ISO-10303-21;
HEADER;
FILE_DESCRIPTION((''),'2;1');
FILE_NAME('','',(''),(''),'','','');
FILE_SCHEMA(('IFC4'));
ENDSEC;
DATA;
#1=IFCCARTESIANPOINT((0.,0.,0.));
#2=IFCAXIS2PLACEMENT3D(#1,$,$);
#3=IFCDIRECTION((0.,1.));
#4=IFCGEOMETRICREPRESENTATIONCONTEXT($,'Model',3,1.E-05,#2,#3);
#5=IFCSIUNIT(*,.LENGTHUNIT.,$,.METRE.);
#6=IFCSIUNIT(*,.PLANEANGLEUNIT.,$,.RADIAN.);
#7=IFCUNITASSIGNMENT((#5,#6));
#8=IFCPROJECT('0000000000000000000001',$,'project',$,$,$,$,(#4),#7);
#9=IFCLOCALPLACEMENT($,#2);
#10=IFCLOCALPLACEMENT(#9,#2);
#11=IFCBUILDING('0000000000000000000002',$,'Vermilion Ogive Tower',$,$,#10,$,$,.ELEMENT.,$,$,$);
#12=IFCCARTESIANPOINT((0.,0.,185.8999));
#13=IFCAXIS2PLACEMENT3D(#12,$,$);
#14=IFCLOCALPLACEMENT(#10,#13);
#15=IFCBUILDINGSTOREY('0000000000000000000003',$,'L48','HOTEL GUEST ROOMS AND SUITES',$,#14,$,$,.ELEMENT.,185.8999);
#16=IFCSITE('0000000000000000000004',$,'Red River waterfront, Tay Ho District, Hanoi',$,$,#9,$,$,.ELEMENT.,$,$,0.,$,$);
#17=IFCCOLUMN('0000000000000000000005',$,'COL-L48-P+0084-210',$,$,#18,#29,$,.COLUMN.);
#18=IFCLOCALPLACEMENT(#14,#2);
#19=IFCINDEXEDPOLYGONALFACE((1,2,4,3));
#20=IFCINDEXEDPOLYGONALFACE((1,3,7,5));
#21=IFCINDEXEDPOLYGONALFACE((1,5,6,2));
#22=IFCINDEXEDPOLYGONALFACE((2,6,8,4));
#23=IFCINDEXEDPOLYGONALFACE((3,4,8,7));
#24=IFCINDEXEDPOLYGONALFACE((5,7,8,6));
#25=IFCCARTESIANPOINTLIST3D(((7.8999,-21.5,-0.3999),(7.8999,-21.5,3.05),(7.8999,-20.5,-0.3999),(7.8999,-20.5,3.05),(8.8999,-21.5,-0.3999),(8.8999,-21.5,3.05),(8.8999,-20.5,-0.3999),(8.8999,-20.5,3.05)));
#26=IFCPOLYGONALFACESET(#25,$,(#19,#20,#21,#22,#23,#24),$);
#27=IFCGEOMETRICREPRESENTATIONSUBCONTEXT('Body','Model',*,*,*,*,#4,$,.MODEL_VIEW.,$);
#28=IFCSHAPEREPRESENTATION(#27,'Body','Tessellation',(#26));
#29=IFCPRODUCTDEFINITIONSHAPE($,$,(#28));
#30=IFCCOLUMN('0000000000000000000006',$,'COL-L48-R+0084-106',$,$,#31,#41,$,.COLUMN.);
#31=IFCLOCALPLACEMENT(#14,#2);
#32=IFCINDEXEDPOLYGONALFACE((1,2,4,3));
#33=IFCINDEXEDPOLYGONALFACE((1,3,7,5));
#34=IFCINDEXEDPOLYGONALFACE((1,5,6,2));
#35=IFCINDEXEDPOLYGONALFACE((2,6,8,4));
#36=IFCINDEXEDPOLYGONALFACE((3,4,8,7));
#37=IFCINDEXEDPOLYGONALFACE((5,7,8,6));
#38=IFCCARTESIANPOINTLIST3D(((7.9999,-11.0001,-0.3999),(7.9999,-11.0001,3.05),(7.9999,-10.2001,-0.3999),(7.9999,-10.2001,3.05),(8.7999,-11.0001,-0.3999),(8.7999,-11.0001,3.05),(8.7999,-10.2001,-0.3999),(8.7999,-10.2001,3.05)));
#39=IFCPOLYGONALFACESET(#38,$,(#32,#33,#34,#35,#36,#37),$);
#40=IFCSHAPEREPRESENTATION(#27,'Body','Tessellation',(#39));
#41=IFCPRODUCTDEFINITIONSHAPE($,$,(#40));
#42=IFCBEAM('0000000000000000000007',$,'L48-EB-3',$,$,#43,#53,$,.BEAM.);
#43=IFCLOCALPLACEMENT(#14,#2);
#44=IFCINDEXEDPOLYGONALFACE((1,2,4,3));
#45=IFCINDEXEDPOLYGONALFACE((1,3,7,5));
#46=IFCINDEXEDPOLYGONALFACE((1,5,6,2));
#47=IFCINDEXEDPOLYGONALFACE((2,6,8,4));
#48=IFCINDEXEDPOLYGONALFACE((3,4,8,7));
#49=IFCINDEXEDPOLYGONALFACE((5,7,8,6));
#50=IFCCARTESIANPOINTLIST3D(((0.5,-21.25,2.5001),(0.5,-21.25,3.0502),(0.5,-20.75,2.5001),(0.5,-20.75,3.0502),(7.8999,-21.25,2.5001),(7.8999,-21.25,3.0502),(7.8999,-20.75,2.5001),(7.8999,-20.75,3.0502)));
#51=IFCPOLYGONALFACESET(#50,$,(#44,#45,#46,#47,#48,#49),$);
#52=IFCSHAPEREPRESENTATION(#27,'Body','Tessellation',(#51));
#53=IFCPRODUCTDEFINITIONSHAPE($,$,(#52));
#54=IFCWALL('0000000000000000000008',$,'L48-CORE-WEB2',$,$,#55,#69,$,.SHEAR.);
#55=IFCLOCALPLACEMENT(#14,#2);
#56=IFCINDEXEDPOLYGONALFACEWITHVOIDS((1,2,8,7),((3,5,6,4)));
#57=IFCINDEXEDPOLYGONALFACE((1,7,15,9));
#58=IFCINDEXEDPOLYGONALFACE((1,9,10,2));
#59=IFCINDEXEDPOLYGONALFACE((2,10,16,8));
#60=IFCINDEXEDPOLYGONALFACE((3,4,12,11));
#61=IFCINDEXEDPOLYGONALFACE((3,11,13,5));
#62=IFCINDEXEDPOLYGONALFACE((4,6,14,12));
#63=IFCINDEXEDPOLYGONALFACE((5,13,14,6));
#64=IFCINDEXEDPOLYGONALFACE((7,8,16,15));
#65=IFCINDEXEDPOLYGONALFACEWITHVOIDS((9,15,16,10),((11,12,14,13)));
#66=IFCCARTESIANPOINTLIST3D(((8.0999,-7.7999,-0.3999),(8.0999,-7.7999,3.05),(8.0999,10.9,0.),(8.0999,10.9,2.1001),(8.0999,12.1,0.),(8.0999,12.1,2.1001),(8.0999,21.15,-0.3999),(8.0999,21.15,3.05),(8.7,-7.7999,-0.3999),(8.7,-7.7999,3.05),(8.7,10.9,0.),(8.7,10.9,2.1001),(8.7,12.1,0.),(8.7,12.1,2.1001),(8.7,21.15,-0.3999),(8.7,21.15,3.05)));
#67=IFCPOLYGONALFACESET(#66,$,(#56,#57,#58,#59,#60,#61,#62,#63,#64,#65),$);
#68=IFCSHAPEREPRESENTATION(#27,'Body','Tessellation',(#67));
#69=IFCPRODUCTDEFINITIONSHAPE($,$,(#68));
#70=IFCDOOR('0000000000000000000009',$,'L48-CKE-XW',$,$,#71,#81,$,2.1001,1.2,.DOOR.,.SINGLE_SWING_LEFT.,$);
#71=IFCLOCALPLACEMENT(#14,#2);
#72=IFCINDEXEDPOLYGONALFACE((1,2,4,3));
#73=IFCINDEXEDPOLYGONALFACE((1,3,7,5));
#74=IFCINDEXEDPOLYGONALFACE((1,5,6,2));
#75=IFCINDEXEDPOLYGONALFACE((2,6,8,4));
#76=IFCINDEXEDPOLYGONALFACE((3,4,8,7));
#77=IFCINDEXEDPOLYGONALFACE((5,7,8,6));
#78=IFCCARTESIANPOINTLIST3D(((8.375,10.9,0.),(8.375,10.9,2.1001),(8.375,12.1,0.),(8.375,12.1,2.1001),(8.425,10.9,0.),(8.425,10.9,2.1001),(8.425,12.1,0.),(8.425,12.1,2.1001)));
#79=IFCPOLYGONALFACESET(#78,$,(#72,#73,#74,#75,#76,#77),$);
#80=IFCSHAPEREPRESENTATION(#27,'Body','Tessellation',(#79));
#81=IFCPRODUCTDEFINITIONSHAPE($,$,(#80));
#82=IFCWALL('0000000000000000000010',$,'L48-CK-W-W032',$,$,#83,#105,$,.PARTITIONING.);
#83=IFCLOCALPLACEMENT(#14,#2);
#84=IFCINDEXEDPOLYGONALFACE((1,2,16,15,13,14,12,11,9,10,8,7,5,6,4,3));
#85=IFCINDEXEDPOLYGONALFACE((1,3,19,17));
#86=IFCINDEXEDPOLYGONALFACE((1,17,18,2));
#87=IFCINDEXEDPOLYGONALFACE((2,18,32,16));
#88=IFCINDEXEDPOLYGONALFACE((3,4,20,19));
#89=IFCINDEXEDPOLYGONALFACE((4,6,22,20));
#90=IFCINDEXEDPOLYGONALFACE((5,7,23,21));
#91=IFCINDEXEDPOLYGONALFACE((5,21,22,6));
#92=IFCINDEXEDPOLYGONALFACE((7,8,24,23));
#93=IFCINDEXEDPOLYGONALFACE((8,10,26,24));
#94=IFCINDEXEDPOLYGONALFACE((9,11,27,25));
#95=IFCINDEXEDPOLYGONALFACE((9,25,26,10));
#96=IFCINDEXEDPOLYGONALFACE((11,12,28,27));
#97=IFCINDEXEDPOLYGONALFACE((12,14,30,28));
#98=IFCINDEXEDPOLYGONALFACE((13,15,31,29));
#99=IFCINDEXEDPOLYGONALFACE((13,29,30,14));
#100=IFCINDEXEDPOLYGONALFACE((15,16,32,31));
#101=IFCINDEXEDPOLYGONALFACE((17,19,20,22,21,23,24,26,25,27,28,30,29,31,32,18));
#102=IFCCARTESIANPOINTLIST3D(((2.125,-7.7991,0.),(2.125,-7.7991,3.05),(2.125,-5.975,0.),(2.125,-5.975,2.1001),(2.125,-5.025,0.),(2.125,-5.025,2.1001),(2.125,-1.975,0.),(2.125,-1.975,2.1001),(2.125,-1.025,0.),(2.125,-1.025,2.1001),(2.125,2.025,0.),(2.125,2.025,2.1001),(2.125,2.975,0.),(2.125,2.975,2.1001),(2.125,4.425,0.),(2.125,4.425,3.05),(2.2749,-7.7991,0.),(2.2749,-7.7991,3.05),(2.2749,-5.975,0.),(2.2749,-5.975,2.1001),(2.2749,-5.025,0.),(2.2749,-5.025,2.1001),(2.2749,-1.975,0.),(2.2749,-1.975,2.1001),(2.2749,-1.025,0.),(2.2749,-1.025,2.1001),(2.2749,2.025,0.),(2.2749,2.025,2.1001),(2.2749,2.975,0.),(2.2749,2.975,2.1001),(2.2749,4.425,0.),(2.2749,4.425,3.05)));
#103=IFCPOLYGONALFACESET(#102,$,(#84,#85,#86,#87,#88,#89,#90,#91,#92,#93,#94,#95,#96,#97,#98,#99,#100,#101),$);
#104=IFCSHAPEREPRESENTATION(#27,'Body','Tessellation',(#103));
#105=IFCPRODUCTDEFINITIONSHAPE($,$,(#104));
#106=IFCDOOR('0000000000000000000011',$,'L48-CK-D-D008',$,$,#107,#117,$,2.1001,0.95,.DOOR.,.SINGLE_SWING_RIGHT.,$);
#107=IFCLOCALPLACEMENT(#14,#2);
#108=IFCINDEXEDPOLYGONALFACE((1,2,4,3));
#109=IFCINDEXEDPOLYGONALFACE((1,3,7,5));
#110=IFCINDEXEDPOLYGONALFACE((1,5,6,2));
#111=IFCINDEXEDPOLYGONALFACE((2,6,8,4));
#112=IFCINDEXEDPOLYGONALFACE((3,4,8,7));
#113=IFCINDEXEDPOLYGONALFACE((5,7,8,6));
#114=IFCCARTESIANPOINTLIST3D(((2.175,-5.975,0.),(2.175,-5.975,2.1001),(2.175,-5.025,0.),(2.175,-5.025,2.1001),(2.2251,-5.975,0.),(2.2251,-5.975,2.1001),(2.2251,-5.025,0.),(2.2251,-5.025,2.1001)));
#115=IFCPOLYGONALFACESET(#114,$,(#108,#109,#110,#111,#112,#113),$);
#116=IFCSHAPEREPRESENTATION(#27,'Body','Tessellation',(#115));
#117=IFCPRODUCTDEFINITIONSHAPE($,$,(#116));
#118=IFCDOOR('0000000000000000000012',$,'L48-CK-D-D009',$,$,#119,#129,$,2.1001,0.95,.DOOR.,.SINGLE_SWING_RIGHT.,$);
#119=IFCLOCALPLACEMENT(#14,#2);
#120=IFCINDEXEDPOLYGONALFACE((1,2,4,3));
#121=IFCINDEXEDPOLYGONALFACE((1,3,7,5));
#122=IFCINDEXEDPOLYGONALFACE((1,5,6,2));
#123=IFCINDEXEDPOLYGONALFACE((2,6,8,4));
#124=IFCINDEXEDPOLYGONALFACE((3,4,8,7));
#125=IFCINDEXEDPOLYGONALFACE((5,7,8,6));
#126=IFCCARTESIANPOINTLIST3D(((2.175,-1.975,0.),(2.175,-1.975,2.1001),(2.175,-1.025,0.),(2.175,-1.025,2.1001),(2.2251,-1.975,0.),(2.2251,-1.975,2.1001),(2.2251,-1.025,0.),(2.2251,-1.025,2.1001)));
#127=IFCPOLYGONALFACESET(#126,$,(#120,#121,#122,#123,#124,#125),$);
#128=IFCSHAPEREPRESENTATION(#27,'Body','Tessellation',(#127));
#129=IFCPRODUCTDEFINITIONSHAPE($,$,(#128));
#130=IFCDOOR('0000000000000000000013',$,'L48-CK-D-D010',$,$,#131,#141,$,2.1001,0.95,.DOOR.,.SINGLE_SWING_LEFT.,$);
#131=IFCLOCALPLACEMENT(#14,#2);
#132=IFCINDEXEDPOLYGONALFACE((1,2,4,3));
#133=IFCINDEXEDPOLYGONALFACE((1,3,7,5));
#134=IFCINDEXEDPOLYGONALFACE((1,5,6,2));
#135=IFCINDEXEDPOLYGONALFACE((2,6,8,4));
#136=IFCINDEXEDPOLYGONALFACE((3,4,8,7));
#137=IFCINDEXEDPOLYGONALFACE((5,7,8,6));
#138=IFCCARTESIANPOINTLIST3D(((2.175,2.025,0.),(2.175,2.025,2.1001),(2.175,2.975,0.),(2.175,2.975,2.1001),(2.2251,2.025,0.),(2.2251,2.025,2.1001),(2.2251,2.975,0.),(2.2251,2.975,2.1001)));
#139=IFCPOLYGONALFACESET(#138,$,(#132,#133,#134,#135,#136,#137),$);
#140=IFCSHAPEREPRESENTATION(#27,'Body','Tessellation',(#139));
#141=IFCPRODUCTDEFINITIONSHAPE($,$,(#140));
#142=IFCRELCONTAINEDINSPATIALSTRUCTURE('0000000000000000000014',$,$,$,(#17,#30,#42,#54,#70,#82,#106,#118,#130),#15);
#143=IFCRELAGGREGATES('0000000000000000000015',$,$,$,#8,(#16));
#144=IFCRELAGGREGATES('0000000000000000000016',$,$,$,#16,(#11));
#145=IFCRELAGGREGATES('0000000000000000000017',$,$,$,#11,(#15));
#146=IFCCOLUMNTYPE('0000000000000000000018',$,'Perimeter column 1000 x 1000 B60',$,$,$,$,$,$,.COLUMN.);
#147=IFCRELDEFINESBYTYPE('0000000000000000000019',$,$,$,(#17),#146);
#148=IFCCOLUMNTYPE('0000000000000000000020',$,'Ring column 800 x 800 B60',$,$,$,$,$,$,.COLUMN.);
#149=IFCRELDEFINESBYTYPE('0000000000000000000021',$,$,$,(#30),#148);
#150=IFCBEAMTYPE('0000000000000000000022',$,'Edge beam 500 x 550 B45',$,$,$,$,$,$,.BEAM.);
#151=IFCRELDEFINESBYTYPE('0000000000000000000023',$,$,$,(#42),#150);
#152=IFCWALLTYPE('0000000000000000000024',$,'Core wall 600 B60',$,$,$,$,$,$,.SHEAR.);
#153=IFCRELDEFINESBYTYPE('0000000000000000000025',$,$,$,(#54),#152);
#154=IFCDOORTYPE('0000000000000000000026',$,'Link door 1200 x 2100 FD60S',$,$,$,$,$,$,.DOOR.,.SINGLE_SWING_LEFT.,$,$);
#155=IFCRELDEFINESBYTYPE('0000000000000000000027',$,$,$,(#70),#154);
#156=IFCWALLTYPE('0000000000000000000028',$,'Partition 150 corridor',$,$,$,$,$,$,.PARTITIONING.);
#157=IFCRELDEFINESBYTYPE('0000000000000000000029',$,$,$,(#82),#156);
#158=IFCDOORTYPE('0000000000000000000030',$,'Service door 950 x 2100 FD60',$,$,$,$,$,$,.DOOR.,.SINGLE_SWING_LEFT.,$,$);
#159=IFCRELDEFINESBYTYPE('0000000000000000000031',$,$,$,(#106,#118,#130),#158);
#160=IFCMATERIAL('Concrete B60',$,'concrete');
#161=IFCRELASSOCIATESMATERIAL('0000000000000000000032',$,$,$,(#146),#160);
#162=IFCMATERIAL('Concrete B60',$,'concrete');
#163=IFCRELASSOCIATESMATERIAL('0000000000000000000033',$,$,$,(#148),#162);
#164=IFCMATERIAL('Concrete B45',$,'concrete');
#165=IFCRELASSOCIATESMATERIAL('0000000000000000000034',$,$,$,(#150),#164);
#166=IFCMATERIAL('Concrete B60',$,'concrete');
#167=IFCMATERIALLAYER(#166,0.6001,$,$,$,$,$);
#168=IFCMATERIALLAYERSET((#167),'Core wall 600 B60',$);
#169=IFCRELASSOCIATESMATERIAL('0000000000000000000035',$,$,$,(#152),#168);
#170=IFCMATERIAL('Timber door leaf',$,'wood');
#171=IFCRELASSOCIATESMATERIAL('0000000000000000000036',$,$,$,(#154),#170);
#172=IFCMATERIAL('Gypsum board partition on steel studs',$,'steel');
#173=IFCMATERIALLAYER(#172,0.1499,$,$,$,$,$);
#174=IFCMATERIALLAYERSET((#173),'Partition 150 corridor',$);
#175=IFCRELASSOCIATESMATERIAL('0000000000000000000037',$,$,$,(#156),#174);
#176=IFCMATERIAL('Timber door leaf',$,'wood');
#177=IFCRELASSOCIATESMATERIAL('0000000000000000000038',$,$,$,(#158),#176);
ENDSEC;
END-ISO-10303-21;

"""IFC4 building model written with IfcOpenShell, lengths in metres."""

from ifc_helpers import new_model, si_unit, direction, frame, frame_2d, origin, origin_2d, place, context, subcontext, project, spatial, rectangle, extrude, material, layer, layer_set, material_profile, profile_set, type_object, element, fill, save


model = new_model("IFC4")

# Units and contexts
model_context = context("Model", 3, precision=1e-05, world=origin(), true_north=direction((0.0, 1.0)))
body_context = subcontext(model_context, "Body", "Model", "MODEL_VIEW")
ifc_project = project(units=[si_unit("LENGTHUNIT", "METRE"), si_unit("PLANEANGLEUNIT", "RADIAN")], contexts=[model_context])

# Site, building, storey
site_placement = place(None, origin())
site = spatial("IfcSite", under=ifc_project, at=site_placement, Name="Red River waterfront, Tay Ho District, Hanoi", CompositionType="ELEMENT", RefElevation=0.0)
building_placement = place(site_placement, origin())
building = spatial("IfcBuilding", under=site, at=building_placement, Name="Vermilion Ogive Tower", CompositionType="ELEMENT")
storey_placement = place(building_placement, frame((0.0, 0.0, 185.8999)))
storey = spatial("IfcBuildingStorey", under=building, at=storey_placement, Name="L48", Description="HOTEL GUEST ROOMS AND SUITES", CompositionType="ELEMENT", Elevation=185.8999)

# Columns
ifc_material_1 = material(Name="Concrete B60", Category="concrete")
ifc_material_profile_1 = material_profile(ifc_material_1, rectangle(XDim=1.0, YDim=1.0, at=origin_2d()), Name="1000 x 1000")
ifc_profile_set_1 = profile_set([ifc_material_profile_1], Name="Concrete B60")
column_type_1 = type_object("IfcColumnType", Name="Perimeter column 1000 x 1000 B60", PredefinedType="COLUMN", material=ifc_profile_set_1)
column_1_placement = place(storey_placement, frame((8.3999, -21.0, -0.3999), z_axis=(0.0, 0.0, 1.0), x_axis=(1.0, 0.0, 0.0)))
element("IfcColumn", 1, at=column_1_placement, inside=storey, type_object=column_type_1, Name="COL-L48-P+0084-210", PredefinedType="COLUMN", context=body_context, shape_type="SweptSolid", body=[
    extrude(rectangle(XDim=1.0, YDim=1.0, at=origin_2d()), origin(), (0.0, 0.0, 1.0), 3.45),
])
ifc_material_2 = material(Name="Concrete B60", Category="concrete")
ifc_material_profile_2 = material_profile(ifc_material_2, rectangle(XDim=0.8, YDim=0.8, at=origin_2d()), Name="800 x 800")
ifc_profile_set_2 = profile_set([ifc_material_profile_2], Name="Concrete B60")
column_type_2 = type_object("IfcColumnType", Name="Ring column 800 x 800 B60", PredefinedType="COLUMN", material=ifc_profile_set_2)
column_2_placement = place(storey_placement, frame((8.3999, -10.6001, -0.3999), z_axis=(0.0, 0.0, 1.0), x_axis=(1.0, 0.0, 0.0)))
element("IfcColumn", 2, at=column_2_placement, inside=storey, type_object=column_type_2, Name="COL-L48-R+0084-106", PredefinedType="COLUMN", context=body_context, shape_type="SweptSolid", body=[
    extrude(rectangle(XDim=0.8, YDim=0.8, at=origin_2d()), origin(), (0.0, 0.0, 1.0), 3.45),
])

# Beam
ifc_material_3 = material(Name="Concrete B45", Category="concrete")
ifc_material_profile_3 = material_profile(ifc_material_3, rectangle(XDim=0.5, YDim=0.55, at=origin_2d()), Name="500 x 550")
ifc_profile_set_3 = profile_set([ifc_material_profile_3], Name="Concrete B45")
beam_type = type_object("IfcBeamType", Name="Edge beam 500 x 550 B45", PredefinedType="BEAM", material=ifc_profile_set_3)
beam_placement = place(storey_placement, frame((0.5, -21.0, 2.7751), z_axis=(1.0, 0.0, 0.0), x_axis=(0.0, 1.0, 0.0)))
element("IfcBeam", 3, at=beam_placement, inside=storey, type_object=beam_type, Name="L48-EB-3", PredefinedType="BEAM", context=body_context, shape_type="SweptSolid", body=[
    extrude(rectangle(XDim=0.5, YDim=0.55, at=origin_2d()), origin(), (0.0, 0.0, 1.0), 7.3999),
])

# Wall, opening, door
ifc_material_4 = material(Name="Concrete B60", Category="concrete")
ifc_layer_1 = layer(ifc_material_4, 0.6001)
ifc_layer_set_1 = layer_set([ifc_layer_1], Name="Core wall 600 B60")
wall_type_1 = type_object("IfcWallType", Name="Core wall 600 B60", PredefinedType="SHEAR", material=ifc_layer_set_1)
wall_1_placement = place(storey_placement, frame((8.3999, -7.8, -0.3999), z_axis=(0.0, 0.0, 1.0), x_axis=(0.0, 1.0, 0.0)))
wall_1 = element("IfcWall", 4, at=wall_1_placement, inside=storey, type_object=wall_type_1, Name="L48-CORE-WEB2", PredefinedType="SHEAR", context=body_context, shape_type="SweptSolid", body=[
    extrude(rectangle(XDim=28.95, YDim=0.6001, at=frame_2d((14.4751, 0.0))), origin(), (0.0, 0.0, 1.0), 3.45),
])
opening_1_placement = place(wall_1_placement, frame((18.7, 0.0, 0.3999)))
opening_1 = element("IfcOpeningElement", 5, at=opening_1_placement, cuts=wall_1, PredefinedType="OPENING", context=body_context, shape_type="SweptSolid", body=[
    extrude(rectangle(XDim=1.2, YDim=2.1001, at=frame_2d((0.6001, 1.05))), frame((0.0, 0.3101, 0.0), z_axis=(0.0, -1.0, 0.0), x_axis=(1.0, 0.0, 0.0)), (0.0, 0.0, 1.0), 0.6201),
])
ifc_material_5 = material(Name="Timber door leaf", Category="wood")
door_type_1 = type_object("IfcDoorType", Name="Link door 1200 x 2100 FD60S", OperationType="SINGLE_SWING_LEFT", PredefinedType="DOOR", material=ifc_material_5)
door_1_placement = place(opening_1_placement, origin())
door_1 = element("IfcDoor", 6, at=door_1_placement, inside=storey, type_object=door_type_1, Name="L48-CKE-XW", OperationType="SINGLE_SWING_LEFT", OverallHeight=2.1001, OverallWidth=1.2, PredefinedType="DOOR", context=body_context, shape_type="SweptSolid", body=[
    extrude(rectangle(XDim=1.2, YDim=2.1001, at=frame_2d((0.6001, 1.05))), frame((0.0, 0.0249, 0.0), z_axis=(0.0, -1.0, 0.0), x_axis=(1.0, 0.0, 0.0)), (0.0, 0.0, 1.0), 0.05),
])
fill(opening_1, door_1)

# Wall, openings, doors
ifc_material_6 = material(Name="Gypsum board partition on steel studs", Category="steel")
ifc_layer_2 = layer(ifc_material_6, 0.1499)
ifc_layer_set_2 = layer_set([ifc_layer_2], Name="Partition 150 corridor")
wall_type_2 = type_object("IfcWallType", Name="Partition 150 corridor", PredefinedType="PARTITIONING", material=ifc_layer_set_2)
wall_2_placement = place(storey_placement, frame((2.2, -7.7991, 0.0), z_axis=(0.0, 0.0, 1.0), x_axis=(0.0, 1.0, 0.0)))
wall_2 = element("IfcWall", 7, at=wall_2_placement, inside=storey, type_object=wall_type_2, Name="L48-CK-W-W032", PredefinedType="PARTITIONING", context=body_context, shape_type="SweptSolid", body=[
    extrude(rectangle(XDim=12.2241, YDim=0.1499, at=frame_2d((6.1121, 0.0))), origin(), (0.0, 0.0, 1.0), 3.05),
])
opening_2_placement = place(wall_2_placement, frame((1.824, 0.0, 0.0)))
opening_2 = element("IfcOpeningElement", 8, at=opening_2_placement, cuts=wall_2, PredefinedType="OPENING", context=body_context, shape_type="SweptSolid", body=[
    extrude(rectangle(XDim=0.95, YDim=2.1001, at=frame_2d((0.4751, 1.05))), frame((0.0, 0.085, 0.0), z_axis=(0.0, -1.0, 0.0), x_axis=(1.0, 0.0, 0.0)), (0.0, 0.0, 1.0), 0.1699),
])
opening_3_placement = place(wall_2_placement, frame((5.824, 0.0, 0.0)))
opening_3 = element("IfcOpeningElement", 9, at=opening_3_placement, cuts=wall_2, PredefinedType="OPENING", context=body_context, shape_type="SweptSolid", body=[
    extrude(rectangle(XDim=0.95, YDim=2.1001, at=frame_2d((0.4751, 1.05))), frame((0.0, 0.085, 0.0), z_axis=(0.0, -1.0, 0.0), x_axis=(1.0, 0.0, 0.0)), (0.0, 0.0, 1.0), 0.1699),
])
opening_4_placement = place(wall_2_placement, frame((9.824, 0.0, 0.0)))
opening_4 = element("IfcOpeningElement", 10, at=opening_4_placement, cuts=wall_2, PredefinedType="OPENING", context=body_context, shape_type="SweptSolid", body=[
    extrude(rectangle(XDim=0.95, YDim=2.1001, at=frame_2d((0.4751, 1.05))), frame((0.0, 0.085, 0.0), z_axis=(0.0, -1.0, 0.0), x_axis=(1.0, 0.0, 0.0)), (0.0, 0.0, 1.0), 0.1699),
])
ifc_material_7 = material(Name="Timber door leaf", Category="wood")
door_type_2 = type_object("IfcDoorType", Name="Service door 950 x 2100 FD60", OperationType="SINGLE_SWING_LEFT", PredefinedType="DOOR", material=ifc_material_7)
door_2_placement = place(opening_2_placement, origin())
door_2 = element("IfcDoor", 11, at=door_2_placement, inside=storey, type_object=door_type_2, Name="L48-CK-D-D008", OperationType="SINGLE_SWING_RIGHT", OverallHeight=2.1001, OverallWidth=0.95, PredefinedType="DOOR", context=body_context, shape_type="SweptSolid", body=[
    extrude(rectangle(XDim=0.95, YDim=2.1001, at=frame_2d((0.4751, 1.05))), frame((0.0, 0.0249, 0.0), z_axis=(0.0, -1.0, 0.0), x_axis=(1.0, 0.0, 0.0)), (0.0, 0.0, 1.0), 0.05),
])
fill(opening_2, door_2)
door_3_placement = place(opening_3_placement, origin())
door_3 = element("IfcDoor", 12, at=door_3_placement, inside=storey, type_object=door_type_2, Name="L48-CK-D-D009", OperationType="SINGLE_SWING_RIGHT", OverallHeight=2.1001, OverallWidth=0.95, PredefinedType="DOOR", context=body_context, shape_type="SweptSolid", body=[
    extrude(rectangle(XDim=0.95, YDim=2.1001, at=frame_2d((0.4751, 1.05))), frame((0.0, 0.0249, 0.0), z_axis=(0.0, -1.0, 0.0), x_axis=(1.0, 0.0, 0.0)), (0.0, 0.0, 1.0), 0.05),
])
fill(opening_3, door_3)
door_4_placement = place(opening_4_placement, origin())
door_4 = element("IfcDoor", 13, at=door_4_placement, inside=storey, type_object=door_type_2, Name="L48-CK-D-D010", OperationType="SINGLE_SWING_LEFT", OverallHeight=2.1001, OverallWidth=0.95, PredefinedType="DOOR", context=body_context, shape_type="SweptSolid", body=[
    extrude(rectangle(XDim=0.95, YDim=2.1001, at=frame_2d((0.4751, 1.05))), frame((0.0, 0.0249, 0.0), z_axis=(0.0, -1.0, 0.0), x_axis=(1.0, 0.0, 0.0)), (0.0, 0.0, 1.0), 0.05),
])
fill(opening_4, door_4)

save(model, "model.ifc")
